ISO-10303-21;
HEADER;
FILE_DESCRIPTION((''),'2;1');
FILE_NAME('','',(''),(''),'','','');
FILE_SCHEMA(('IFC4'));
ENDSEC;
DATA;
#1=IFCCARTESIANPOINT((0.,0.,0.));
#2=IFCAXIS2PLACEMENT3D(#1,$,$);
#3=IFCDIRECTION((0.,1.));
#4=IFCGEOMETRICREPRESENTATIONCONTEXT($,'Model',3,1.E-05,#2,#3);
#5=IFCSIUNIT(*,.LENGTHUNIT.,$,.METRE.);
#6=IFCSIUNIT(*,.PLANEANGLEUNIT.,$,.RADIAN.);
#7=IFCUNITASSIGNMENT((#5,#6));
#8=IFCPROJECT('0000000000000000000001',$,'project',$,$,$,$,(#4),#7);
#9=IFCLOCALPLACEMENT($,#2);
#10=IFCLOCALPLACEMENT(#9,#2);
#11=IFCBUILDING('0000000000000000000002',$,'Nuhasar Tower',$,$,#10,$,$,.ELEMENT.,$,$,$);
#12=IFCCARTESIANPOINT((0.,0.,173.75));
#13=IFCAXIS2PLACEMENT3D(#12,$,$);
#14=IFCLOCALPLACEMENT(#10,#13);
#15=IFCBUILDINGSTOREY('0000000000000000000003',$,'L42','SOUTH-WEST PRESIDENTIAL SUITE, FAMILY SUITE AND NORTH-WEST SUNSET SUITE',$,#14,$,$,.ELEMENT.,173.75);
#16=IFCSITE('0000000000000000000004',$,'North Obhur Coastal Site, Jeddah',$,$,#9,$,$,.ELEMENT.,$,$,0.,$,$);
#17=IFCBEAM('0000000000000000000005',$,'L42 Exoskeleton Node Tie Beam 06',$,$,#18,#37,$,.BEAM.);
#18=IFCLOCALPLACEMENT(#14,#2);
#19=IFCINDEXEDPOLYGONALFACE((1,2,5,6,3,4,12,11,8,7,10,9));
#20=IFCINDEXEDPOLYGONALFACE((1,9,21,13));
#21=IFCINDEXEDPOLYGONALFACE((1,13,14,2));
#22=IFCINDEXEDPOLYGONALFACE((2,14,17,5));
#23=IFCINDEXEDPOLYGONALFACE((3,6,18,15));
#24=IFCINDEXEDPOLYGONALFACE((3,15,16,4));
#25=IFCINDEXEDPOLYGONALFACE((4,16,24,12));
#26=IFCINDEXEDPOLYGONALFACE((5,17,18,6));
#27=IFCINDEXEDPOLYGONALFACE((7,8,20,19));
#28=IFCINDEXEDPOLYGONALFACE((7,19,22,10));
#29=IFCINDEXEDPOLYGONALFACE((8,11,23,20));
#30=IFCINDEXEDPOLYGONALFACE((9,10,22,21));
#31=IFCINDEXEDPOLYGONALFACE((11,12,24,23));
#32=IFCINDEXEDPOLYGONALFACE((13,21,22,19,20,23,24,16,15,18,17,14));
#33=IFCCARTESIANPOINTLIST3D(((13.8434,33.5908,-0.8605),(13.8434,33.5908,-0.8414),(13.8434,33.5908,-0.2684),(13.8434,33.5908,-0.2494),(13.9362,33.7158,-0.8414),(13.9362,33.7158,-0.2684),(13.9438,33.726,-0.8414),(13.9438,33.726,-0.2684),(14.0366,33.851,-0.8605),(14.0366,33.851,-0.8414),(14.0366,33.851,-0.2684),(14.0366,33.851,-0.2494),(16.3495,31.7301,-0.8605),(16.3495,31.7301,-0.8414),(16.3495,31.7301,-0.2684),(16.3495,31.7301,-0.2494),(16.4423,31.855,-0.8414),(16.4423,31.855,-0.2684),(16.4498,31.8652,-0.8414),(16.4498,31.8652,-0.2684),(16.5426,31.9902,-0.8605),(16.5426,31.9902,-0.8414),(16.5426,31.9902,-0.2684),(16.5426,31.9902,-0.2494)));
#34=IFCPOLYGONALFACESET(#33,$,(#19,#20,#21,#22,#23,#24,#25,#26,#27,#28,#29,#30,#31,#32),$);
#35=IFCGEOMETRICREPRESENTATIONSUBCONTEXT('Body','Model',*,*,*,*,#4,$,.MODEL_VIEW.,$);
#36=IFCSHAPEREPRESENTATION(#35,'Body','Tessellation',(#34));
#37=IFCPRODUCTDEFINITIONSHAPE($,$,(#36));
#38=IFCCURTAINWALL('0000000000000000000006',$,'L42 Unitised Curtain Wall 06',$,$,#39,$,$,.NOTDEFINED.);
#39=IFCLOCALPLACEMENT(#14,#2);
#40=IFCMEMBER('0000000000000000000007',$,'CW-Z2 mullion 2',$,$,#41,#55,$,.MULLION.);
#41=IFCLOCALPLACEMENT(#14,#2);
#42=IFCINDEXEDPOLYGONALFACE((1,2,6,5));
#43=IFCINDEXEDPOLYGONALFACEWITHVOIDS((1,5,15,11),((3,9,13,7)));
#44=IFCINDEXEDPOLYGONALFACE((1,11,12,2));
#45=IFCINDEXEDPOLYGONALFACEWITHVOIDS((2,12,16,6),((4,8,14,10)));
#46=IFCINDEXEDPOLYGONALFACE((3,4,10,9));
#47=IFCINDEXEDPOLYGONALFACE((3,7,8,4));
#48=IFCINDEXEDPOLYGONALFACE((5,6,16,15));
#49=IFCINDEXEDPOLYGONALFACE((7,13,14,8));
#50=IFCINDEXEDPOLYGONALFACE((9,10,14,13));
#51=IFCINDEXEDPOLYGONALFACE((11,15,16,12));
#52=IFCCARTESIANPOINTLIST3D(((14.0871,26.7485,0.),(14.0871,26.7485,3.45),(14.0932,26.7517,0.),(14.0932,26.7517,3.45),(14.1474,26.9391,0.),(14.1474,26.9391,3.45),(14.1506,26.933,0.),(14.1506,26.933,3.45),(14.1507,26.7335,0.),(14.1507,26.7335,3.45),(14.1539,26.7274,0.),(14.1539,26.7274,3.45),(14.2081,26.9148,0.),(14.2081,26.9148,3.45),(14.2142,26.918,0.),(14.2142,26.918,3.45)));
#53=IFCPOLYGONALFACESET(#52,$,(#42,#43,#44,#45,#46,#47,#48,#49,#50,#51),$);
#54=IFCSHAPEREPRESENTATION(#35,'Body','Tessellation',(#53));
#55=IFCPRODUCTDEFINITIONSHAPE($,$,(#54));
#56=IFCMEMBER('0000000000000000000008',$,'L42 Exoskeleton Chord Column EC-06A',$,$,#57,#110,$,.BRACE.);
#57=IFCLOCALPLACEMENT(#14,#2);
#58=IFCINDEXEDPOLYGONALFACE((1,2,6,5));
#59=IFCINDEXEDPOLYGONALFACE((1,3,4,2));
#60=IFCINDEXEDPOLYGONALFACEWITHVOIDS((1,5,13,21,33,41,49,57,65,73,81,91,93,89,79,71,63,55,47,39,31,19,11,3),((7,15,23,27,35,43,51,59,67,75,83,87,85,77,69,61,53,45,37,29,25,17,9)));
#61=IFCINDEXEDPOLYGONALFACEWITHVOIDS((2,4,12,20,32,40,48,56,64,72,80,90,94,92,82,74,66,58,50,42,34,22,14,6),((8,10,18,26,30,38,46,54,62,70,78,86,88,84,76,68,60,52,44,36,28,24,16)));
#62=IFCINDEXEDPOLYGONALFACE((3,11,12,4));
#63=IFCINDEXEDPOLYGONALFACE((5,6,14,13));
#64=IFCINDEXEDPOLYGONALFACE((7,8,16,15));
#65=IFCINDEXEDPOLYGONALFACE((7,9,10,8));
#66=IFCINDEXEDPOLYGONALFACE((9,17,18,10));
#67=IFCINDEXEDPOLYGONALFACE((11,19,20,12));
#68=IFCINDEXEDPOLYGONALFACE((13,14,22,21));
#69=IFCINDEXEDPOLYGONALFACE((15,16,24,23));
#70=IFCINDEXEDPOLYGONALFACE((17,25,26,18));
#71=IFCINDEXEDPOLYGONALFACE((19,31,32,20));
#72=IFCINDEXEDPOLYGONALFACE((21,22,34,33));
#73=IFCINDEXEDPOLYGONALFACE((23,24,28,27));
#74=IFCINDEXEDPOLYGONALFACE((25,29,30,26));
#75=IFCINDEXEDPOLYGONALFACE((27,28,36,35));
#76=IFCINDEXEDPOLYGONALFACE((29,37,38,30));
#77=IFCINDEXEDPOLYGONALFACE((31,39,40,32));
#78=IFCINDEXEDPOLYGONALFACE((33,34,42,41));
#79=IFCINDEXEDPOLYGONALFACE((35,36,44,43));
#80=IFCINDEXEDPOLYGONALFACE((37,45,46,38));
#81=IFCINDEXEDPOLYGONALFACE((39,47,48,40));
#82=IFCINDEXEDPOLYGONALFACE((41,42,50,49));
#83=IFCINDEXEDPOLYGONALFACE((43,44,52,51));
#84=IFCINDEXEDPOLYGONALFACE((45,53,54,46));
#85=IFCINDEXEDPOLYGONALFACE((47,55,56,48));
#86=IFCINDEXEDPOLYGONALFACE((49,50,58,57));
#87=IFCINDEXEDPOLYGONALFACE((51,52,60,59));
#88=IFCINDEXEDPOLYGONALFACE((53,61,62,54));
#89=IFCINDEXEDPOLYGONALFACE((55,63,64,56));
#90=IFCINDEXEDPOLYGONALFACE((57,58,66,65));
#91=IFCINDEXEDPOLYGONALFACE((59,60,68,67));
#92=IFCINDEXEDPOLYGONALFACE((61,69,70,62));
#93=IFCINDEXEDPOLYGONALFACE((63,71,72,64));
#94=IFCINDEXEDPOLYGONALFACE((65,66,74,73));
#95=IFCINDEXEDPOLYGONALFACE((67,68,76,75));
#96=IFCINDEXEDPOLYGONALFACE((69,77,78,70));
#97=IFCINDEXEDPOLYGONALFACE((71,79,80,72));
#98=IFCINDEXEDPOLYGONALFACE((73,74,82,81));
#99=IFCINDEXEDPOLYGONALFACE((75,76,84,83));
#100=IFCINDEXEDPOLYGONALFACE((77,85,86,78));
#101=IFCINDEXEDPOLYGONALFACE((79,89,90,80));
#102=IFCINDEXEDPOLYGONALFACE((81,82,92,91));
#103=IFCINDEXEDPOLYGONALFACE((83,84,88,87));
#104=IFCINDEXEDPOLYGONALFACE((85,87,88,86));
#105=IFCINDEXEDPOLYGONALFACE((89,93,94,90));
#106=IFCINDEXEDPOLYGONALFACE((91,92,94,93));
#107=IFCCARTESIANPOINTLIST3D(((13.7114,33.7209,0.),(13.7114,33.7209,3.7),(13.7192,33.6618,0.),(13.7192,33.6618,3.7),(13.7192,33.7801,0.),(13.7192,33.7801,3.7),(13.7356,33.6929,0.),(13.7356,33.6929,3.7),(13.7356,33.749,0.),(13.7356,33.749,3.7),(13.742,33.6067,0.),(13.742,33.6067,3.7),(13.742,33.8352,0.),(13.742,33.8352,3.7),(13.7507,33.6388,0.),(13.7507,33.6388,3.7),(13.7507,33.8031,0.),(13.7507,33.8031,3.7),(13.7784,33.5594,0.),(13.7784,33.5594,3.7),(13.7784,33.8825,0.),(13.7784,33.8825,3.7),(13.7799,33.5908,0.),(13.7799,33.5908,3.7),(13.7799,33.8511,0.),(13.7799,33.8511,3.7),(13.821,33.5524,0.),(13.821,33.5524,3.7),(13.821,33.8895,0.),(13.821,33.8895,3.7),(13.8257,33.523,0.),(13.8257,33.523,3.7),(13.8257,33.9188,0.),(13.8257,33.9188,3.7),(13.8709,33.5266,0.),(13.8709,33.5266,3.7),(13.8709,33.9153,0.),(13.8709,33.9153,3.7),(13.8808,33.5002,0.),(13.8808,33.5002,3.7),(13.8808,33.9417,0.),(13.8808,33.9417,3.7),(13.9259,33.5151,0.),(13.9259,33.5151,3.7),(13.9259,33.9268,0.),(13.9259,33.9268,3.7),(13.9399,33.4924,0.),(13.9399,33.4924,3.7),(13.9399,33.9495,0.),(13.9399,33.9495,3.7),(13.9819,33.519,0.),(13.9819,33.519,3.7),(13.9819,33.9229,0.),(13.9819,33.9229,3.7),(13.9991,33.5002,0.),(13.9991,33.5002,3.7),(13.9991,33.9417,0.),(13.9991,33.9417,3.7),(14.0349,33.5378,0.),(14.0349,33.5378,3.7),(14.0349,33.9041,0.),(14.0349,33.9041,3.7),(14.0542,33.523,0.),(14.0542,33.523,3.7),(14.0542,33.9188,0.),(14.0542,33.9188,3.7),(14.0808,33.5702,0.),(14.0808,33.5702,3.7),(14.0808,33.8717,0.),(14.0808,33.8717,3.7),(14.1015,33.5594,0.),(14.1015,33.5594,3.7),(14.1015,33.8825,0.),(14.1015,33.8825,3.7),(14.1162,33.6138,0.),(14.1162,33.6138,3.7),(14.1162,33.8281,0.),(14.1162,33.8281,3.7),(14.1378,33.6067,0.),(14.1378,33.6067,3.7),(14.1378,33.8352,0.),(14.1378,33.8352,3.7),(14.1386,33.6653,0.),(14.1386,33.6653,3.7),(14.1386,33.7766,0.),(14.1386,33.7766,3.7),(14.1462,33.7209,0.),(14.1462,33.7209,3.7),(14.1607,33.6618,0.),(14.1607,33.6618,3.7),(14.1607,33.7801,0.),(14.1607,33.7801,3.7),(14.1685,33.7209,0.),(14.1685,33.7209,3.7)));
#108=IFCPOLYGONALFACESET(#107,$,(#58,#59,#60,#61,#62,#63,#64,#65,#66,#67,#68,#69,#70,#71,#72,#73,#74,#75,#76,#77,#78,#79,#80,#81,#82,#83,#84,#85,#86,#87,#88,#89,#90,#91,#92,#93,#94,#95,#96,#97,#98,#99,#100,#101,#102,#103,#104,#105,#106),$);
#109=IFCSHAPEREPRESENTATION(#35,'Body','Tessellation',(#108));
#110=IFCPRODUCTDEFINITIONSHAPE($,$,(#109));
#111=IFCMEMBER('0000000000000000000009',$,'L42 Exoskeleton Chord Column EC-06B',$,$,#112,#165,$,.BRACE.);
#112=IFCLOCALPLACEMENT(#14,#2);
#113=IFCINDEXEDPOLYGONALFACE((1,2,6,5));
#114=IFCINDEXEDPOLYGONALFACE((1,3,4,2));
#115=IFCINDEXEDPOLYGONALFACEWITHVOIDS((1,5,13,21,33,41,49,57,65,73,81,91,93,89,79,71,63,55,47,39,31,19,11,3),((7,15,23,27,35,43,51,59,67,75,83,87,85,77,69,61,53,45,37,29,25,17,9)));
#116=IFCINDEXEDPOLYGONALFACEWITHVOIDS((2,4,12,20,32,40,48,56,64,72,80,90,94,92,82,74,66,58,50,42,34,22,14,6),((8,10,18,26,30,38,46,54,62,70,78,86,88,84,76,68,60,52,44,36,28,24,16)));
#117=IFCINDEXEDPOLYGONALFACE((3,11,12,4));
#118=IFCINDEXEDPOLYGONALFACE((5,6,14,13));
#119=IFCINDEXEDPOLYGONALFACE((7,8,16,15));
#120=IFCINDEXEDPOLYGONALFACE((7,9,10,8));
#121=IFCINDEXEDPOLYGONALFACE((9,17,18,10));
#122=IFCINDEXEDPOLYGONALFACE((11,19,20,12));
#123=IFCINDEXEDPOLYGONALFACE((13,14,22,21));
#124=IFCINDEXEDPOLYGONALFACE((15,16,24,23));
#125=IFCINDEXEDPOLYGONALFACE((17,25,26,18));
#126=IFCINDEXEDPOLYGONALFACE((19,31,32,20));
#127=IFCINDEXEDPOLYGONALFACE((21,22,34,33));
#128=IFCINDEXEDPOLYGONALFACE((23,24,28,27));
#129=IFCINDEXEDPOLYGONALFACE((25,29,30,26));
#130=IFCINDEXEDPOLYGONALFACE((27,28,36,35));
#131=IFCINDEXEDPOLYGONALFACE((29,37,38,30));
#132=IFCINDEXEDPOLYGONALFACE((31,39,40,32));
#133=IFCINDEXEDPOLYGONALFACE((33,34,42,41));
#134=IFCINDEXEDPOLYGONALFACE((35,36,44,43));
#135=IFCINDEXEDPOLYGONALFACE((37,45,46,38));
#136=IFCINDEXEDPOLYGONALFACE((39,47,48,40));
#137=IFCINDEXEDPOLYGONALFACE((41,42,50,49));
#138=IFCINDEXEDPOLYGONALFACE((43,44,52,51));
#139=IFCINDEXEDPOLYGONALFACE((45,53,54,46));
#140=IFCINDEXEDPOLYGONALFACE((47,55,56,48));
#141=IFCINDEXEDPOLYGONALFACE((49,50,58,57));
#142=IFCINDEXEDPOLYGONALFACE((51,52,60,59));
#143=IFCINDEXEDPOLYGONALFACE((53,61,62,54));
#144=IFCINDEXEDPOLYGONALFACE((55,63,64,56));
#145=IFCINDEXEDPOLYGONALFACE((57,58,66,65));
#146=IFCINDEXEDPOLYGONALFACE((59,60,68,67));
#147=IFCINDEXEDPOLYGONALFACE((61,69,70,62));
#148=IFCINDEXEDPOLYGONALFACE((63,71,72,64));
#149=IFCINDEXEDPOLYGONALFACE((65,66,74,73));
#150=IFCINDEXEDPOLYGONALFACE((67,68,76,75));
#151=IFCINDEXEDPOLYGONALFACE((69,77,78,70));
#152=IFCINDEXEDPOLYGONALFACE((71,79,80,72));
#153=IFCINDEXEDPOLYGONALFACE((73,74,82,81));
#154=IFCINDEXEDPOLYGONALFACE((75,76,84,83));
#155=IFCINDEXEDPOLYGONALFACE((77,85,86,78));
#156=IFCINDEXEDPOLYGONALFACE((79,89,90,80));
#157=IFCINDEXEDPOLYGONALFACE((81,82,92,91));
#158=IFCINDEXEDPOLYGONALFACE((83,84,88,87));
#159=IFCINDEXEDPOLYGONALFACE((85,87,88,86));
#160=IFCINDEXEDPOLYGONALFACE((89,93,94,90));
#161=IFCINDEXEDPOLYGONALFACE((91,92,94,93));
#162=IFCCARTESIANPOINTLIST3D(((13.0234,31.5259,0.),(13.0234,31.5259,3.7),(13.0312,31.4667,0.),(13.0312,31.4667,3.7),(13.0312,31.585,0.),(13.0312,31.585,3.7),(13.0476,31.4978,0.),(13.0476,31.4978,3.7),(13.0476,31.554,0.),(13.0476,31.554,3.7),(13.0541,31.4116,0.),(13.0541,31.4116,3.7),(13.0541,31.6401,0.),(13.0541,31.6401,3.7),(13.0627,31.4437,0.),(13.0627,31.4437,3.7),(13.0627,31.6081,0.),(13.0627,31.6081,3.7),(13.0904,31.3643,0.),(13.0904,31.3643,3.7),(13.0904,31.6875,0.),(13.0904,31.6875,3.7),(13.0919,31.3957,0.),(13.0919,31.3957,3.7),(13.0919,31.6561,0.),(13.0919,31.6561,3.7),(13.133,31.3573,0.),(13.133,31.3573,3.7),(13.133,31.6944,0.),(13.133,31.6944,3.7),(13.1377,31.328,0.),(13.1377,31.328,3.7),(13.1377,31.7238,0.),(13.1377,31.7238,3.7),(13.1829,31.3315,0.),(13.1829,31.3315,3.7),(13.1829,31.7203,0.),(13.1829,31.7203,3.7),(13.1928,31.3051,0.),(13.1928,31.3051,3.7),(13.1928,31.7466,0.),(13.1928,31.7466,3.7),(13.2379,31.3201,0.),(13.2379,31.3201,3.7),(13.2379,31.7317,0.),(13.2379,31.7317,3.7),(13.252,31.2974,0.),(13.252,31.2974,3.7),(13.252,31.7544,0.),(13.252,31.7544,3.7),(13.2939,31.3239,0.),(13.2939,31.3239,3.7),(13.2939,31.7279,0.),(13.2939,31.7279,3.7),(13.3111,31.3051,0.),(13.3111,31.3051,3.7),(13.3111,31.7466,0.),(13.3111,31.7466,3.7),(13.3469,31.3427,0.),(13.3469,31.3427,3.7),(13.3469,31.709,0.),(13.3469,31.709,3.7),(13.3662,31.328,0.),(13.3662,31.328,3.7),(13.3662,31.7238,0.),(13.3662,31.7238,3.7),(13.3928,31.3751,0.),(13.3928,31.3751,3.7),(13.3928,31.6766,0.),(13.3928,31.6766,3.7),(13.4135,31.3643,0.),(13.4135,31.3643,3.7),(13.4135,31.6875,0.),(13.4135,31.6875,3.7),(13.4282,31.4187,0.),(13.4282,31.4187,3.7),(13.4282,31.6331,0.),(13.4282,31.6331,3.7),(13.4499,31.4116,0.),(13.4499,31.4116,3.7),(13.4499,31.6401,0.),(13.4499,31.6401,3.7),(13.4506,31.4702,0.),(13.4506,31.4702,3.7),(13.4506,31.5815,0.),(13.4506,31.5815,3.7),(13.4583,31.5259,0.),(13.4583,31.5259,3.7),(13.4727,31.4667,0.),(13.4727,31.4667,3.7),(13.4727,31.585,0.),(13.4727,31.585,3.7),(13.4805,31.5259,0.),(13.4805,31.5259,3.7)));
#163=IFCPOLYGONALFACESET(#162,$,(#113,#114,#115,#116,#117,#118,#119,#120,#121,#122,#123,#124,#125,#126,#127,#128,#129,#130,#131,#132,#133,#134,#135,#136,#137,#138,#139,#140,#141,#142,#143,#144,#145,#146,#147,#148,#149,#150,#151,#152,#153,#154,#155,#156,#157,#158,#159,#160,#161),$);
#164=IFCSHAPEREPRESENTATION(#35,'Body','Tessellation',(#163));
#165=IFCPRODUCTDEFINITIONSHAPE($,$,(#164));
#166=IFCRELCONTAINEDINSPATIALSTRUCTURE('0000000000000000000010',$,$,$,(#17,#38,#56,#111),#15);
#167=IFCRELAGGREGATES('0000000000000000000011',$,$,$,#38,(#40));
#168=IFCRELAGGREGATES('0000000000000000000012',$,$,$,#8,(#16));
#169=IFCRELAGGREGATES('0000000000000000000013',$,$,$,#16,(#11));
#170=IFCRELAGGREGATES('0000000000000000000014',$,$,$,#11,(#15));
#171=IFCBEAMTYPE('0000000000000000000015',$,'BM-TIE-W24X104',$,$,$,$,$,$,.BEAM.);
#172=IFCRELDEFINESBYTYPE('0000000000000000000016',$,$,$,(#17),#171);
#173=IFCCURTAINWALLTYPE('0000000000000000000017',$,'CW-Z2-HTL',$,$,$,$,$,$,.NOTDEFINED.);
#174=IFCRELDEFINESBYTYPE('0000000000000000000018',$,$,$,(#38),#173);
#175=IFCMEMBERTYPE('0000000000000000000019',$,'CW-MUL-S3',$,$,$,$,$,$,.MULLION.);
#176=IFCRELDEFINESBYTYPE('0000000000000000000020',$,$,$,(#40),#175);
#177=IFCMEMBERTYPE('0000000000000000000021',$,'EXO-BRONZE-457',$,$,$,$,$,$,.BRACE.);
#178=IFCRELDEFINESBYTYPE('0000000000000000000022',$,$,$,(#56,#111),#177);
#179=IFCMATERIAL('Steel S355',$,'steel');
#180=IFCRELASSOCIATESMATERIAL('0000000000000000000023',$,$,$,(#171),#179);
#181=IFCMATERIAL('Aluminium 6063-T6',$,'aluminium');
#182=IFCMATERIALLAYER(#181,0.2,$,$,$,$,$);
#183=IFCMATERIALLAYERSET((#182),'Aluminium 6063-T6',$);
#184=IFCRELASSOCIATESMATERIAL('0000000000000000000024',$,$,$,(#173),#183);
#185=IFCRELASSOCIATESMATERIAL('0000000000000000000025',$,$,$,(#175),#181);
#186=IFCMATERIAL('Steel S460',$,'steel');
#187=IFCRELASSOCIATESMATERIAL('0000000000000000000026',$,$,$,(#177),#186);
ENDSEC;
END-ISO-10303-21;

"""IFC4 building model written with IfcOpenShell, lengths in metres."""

from ifc_helpers import new_model, si_unit, direction, frame, origin, origin_2d, place, context, subcontext, project, spatial, hollow_rectangle, hollow_circle, i_section, extrude, material, layer, layer_set, material_profile, profile_set, type_object, element, aggregate, save


model = new_model("IFC4")

# Units and contexts
model_context = context("Model", 3, precision=1e-05, world=origin(), true_north=direction((0.0, 1.0)))
body_context = subcontext(model_context, "Body", "Model", "MODEL_VIEW")
ifc_project = project(units=[si_unit("LENGTHUNIT", "METRE"), si_unit("PLANEANGLEUNIT", "RADIAN")], contexts=[model_context])

# Site, building, storey
site_placement = place(None, origin())
site = spatial("IfcSite", under=ifc_project, at=site_placement, Name="North Obhur Coastal Site, Jeddah", CompositionType="ELEMENT", RefElevation=0.0)
building_placement = place(site_placement, origin())
building = spatial("IfcBuilding", under=site, at=building_placement, Name="Nuhasar Tower", CompositionType="ELEMENT")
storey_placement = place(building_placement, frame((0.0, 0.0, 173.75)))
storey = spatial("IfcBuildingStorey", under=building, at=storey_placement, Name="L42", Description="SOUTH-WEST PRESIDENTIAL SUITE, FAMILY SUITE AND NORTH-WEST SUNSET SUITE", CompositionType="ELEMENT", Elevation=173.75)

# Beam
ifc_material_1 = material(Name="Steel S355", Category="steel")
ifc_material_profile_1 = material_profile(ifc_material_1, i_section(OverallWidth=0.324, OverallDepth=0.6111, WebThickness=0.0127, FlangeThickness=0.019, at=origin_2d()), Name="W24X104")
ifc_profile_set_1 = profile_set([ifc_material_profile_1], Name="Steel S355")
beam_type_1 = type_object("IfcBeamType", Name="BM-TIE-W24X104", PredefinedType="BEAM", material=ifc_profile_set_1)
beam_1_placement = place(storey_placement, frame((16.446, 31.8601, -0.5549), z_axis=(-0.802872, 0.596151, 0.0), x_axis=(-0.596151, -0.802872, 0.0)))
element("IfcBeam", 1, at=beam_1_placement, inside=storey, type_object=beam_type_1, Name="L42 Exoskeleton Node Tie Beam 06", PredefinedType="BEAM", context=body_context, shape_type="SweptSolid", body=[
    extrude(i_section(OverallWidth=0.324, OverallDepth=0.6111, WebThickness=0.0127, FlangeThickness=0.019, at=origin_2d()), origin(), (0.0, 0.0, 1.0), 3.1213),
])

# Curtain wall, member
ifc_material_2 = material(Name="Aluminium 6063-T6", Category="aluminium")
ifc_layer_1 = layer(ifc_material_2, 0.2)
ifc_layer_set_1 = layer_set([ifc_layer_1], Name="Aluminium 6063-T6")
curtain_wall_type = type_object("IfcCurtainWallType", Name="CW-Z2-HTL", PredefinedType="NOTDEFINED", material=ifc_layer_set_1)
curtain_wall_placement = place(storey_placement, origin())
curtain_wall = element("IfcCurtainWall", 2, at=curtain_wall_placement, inside=storey, type_object=curtain_wall_type, Name="L42 Unitised Curtain Wall 06", PredefinedType="NOTDEFINED")
ifc_material_profile_2 = material_profile(ifc_material_2, hollow_rectangle(XDim=0.0701, YDim=0.2, WallThickness=0.0049, at=origin_2d()), Name="CWM-3")
ifc_profile_set_2 = profile_set([ifc_material_profile_2], Name="Aluminium 6063-T6")
member_type_1 = type_object("IfcMemberType", Name="CW-MUL-S3", PredefinedType="MULLION", material=ifc_profile_set_2)
member_1_placement = place(storey_placement, frame((14.1506, 26.8333, 0.0), z_axis=(0.0, 0.0, 1.0), x_axis=(0.953433, -0.301604, 0.0)))
member_1 = element("IfcMember", 3, at=member_1_placement, type_object=member_type_1, Name="CW-Z2 mullion 2", PredefinedType="MULLION", context=body_context, shape_type="SweptSolid", body=[
    extrude(hollow_rectangle(XDim=0.0701, YDim=0.2, WallThickness=0.0049, at=origin_2d()), origin(), (0.0, 0.0, 1.0), 3.45),
])

# Members
ifc_material_3 = material(Name="Steel S460", Category="steel")
ifc_material_profile_3 = material_profile(ifc_material_3, hollow_circle(Radius=0.2285, WallThickness=0.0222, at=origin_2d()), Name="HSS457X22.2")
ifc_profile_set_3 = profile_set([ifc_material_profile_3], Name="Steel S460")
member_type_2 = type_object("IfcMemberType", Name="EXO-BRONZE-457", PredefinedType="BRACE", material=ifc_profile_set_3)
for number, where, z_axis, x_axis, name in (
    (4, (13.9399, 33.7209, 0.0), (0.0, 0.0, 1.0), (1.0, 0.0, 0.0), "L42 Exoskeleton Chord Column EC-06A"),
    (5, (13.252, 31.5259, 0.0), (0.0, 0.0, 1.0), (1.0, 0.0, 0.0), "L42 Exoskeleton Chord Column EC-06B"),
):
    element("IfcMember", number, at=place(storey_placement, frame(where, z_axis=z_axis, x_axis=x_axis)), inside=storey, type_object=member_type_2, Name=name, PredefinedType="BRACE", context=body_context, shape_type="SweptSolid", body=[
        extrude(hollow_circle(Radius=0.2285, WallThickness=0.0222, at=origin_2d()), origin(), (0.0, 0.0, 1.0), 3.7),
    ])

aggregate(curtain_wall, [member_1])

save(model, "model.ifc")
